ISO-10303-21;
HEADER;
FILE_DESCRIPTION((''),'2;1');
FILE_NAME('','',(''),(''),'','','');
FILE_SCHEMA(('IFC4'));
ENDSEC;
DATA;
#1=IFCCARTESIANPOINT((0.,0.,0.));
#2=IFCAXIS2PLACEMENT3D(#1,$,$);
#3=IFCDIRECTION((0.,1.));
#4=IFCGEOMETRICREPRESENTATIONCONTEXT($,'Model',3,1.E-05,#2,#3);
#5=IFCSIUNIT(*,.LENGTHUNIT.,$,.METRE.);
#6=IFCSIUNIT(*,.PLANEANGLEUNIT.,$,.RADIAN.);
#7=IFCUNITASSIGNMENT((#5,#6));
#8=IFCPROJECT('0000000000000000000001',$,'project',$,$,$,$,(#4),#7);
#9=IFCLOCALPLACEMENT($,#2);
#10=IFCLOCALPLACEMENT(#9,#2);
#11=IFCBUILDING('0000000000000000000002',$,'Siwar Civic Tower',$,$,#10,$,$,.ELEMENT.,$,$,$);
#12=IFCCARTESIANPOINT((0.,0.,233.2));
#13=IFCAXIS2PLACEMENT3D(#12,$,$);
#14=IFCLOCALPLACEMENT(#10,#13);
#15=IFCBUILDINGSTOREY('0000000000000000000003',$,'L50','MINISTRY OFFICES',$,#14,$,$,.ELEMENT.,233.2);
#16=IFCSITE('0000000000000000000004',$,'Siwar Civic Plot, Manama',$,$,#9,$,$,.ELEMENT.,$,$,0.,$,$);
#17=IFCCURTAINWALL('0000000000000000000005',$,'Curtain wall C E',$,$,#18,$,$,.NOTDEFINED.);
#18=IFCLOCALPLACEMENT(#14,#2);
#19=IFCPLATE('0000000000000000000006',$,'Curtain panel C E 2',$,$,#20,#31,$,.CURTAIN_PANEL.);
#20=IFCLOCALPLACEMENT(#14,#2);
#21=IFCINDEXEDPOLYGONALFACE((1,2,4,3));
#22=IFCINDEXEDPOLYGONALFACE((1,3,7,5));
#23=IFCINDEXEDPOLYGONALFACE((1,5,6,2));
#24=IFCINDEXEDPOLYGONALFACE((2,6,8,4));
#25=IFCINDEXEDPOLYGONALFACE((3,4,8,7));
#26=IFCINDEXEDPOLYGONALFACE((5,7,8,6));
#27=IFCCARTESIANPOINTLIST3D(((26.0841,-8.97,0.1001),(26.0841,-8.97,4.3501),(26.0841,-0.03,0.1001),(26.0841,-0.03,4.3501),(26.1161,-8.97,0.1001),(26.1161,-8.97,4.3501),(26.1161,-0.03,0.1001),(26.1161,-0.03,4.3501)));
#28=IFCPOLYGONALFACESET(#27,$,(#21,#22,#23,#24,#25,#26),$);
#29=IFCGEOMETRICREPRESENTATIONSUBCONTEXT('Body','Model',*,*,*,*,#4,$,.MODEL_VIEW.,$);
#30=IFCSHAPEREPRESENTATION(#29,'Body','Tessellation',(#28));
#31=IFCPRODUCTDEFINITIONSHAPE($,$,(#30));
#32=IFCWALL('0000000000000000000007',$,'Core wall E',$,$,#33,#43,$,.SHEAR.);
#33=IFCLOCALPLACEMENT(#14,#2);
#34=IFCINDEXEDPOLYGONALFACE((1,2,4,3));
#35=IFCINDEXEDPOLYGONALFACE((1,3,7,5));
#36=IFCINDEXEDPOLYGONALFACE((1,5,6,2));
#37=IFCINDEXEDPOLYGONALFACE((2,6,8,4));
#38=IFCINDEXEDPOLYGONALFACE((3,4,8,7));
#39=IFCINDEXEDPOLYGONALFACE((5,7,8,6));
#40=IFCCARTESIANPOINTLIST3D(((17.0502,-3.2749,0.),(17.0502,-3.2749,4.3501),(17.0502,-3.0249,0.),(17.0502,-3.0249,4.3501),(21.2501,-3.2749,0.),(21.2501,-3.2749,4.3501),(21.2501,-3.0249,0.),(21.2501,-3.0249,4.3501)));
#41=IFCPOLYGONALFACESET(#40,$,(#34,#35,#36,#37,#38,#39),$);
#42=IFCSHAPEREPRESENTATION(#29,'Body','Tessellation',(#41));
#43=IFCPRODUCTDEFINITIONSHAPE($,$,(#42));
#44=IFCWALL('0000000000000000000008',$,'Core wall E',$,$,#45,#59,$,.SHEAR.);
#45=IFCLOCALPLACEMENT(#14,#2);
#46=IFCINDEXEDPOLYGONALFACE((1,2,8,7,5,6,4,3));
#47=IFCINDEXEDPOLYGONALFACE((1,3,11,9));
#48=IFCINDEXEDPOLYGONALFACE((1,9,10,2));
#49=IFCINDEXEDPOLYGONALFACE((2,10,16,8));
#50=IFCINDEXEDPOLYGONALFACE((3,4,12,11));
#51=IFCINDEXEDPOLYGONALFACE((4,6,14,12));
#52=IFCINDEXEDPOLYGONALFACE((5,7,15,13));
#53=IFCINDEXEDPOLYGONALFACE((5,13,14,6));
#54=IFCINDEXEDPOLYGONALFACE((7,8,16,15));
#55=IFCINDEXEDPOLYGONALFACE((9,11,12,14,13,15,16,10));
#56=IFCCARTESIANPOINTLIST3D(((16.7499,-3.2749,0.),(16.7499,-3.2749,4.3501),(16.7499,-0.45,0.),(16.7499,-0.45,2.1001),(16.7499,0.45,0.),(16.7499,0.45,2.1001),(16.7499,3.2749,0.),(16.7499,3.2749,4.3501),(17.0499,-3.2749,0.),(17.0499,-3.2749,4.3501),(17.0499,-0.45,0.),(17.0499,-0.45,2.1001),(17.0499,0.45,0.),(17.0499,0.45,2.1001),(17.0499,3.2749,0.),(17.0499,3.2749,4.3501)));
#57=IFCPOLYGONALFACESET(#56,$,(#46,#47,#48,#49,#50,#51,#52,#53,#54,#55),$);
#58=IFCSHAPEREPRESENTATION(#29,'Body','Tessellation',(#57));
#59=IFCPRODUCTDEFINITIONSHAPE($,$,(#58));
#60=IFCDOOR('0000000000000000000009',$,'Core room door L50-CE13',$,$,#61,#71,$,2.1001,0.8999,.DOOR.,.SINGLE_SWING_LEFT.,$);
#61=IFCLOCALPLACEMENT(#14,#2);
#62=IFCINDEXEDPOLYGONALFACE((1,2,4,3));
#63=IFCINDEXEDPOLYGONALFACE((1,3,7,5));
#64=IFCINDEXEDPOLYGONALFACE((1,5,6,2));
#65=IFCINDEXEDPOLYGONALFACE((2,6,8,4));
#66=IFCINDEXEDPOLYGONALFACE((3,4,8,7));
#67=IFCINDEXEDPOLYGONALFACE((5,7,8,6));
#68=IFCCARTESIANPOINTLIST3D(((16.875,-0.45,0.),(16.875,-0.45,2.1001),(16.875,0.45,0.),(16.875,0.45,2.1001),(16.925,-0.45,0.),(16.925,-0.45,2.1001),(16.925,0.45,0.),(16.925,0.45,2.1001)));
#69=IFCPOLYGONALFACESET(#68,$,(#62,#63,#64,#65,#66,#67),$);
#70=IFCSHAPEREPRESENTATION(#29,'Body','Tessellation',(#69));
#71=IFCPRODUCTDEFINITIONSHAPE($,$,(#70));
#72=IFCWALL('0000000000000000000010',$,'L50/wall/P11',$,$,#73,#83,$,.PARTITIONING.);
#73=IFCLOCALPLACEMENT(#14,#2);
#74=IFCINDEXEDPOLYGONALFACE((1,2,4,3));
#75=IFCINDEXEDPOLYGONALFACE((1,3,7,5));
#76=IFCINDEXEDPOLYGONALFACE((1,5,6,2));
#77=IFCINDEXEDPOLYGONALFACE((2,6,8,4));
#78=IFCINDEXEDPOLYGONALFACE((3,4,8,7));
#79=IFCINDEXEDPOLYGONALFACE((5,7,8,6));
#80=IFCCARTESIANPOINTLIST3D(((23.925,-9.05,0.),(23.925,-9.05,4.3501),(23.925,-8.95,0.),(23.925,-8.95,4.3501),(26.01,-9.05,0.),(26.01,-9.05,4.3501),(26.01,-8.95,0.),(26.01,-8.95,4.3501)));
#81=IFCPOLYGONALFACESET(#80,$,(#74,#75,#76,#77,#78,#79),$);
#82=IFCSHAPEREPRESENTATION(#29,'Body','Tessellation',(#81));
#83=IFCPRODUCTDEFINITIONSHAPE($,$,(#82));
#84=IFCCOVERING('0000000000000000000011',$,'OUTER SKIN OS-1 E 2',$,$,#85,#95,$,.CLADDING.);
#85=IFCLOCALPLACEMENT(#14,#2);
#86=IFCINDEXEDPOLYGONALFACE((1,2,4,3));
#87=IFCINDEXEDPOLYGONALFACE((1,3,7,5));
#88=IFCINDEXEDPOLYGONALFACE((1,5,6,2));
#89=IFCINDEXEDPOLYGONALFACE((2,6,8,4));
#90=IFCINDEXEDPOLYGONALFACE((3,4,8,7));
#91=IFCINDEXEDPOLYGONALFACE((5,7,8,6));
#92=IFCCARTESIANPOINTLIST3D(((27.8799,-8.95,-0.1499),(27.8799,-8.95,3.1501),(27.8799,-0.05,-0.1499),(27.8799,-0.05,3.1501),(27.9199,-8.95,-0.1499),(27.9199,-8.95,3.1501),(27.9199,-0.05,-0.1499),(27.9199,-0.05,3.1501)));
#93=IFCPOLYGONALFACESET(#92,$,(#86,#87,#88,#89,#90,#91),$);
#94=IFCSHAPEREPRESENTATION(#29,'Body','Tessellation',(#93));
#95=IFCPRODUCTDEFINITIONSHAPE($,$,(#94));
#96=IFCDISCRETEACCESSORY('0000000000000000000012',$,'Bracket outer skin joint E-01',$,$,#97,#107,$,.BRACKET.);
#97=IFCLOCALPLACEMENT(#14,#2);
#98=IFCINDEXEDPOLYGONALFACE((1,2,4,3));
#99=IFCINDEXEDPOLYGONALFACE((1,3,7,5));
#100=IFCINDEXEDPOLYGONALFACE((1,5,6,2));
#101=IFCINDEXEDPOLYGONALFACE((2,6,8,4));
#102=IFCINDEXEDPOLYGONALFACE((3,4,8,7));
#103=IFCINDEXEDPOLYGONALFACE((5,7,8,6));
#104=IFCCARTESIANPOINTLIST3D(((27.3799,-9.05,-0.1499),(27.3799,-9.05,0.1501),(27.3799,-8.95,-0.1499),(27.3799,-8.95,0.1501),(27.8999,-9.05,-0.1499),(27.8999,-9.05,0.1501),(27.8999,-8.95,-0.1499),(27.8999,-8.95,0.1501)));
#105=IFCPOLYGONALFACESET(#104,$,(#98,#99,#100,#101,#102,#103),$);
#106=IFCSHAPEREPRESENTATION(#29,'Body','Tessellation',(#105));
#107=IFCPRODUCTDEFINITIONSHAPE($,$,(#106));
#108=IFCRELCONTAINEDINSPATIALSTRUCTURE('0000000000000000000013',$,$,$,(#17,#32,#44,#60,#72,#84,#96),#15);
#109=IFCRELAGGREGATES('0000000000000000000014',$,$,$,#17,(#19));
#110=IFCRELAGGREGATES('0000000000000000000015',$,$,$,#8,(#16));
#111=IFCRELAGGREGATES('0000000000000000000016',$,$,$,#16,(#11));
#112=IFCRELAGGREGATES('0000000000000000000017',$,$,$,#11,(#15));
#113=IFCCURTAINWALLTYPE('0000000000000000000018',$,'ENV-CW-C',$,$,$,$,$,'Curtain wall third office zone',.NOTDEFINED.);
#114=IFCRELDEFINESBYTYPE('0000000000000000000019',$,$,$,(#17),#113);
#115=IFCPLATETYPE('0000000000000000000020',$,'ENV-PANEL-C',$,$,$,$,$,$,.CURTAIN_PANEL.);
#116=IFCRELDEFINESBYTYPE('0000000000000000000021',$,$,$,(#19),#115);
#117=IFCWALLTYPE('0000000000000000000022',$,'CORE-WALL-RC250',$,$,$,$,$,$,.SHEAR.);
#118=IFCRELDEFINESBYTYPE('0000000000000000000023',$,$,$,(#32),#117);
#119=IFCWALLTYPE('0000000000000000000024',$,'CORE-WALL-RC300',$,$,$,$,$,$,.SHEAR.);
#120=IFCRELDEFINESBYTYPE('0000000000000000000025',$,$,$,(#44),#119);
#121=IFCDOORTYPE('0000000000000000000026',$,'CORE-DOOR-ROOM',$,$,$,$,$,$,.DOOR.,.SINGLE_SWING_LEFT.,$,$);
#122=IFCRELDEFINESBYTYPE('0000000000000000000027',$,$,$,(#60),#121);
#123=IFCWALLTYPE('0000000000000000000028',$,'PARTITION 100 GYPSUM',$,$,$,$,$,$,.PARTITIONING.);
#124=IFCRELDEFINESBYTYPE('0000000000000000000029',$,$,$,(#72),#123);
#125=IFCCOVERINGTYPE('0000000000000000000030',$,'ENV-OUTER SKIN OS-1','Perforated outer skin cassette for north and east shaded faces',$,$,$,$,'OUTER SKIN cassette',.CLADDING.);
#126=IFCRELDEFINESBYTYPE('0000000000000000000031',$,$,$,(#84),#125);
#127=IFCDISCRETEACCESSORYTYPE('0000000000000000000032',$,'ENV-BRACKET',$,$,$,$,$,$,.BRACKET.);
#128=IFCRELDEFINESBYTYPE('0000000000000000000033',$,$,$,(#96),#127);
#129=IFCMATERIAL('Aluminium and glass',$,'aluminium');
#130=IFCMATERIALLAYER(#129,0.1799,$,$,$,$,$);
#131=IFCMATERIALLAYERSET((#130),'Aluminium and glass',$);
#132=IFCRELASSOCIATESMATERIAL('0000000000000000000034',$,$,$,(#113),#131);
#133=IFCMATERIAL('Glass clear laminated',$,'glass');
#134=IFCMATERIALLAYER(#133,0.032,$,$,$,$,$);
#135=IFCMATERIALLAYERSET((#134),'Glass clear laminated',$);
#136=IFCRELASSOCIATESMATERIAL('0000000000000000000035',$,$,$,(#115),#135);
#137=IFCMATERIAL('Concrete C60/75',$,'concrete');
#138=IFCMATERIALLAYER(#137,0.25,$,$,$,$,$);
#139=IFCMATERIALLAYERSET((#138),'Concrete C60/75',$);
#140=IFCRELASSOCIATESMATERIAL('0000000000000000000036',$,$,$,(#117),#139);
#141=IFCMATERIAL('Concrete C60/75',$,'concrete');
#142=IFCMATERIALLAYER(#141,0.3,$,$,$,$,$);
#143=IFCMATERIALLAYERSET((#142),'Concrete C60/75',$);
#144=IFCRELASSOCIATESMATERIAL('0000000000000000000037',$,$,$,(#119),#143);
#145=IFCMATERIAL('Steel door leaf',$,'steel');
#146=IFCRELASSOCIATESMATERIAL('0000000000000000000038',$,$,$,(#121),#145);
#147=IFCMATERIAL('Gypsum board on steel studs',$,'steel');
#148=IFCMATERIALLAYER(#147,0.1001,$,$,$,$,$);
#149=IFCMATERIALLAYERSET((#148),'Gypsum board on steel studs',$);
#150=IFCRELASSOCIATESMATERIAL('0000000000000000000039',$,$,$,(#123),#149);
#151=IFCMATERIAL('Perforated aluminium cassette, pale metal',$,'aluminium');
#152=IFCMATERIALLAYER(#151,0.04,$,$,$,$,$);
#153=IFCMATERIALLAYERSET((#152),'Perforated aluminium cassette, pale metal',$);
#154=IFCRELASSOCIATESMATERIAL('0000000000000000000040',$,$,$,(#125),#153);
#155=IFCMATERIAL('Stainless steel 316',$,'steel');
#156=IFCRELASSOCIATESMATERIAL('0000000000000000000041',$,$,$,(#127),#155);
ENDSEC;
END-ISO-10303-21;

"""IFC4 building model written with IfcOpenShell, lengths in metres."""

from ifc_helpers import new_model, si_unit, direction, frame, frame_2d, origin, origin_2d, place, context, subcontext, project, spatial, rectangle, extrude, material, layer, layer_set, type_object, element, fill, aggregate, save


model = new_model("IFC4")

# Units and contexts
model_context = context("Model", 3, precision=1e-05, world=origin(), true_north=direction((0.0, 1.0)))
body_context = subcontext(model_context, "Body", "Model", "MODEL_VIEW")
ifc_project = project(units=[si_unit("LENGTHUNIT", "METRE"), si_unit("PLANEANGLEUNIT", "RADIAN")], contexts=[model_context])

# Site, building, storey
site_placement = place(None, origin())
site = spatial("IfcSite", under=ifc_project, at=site_placement, Name="Siwar Civic Plot, Manama", CompositionType="ELEMENT", RefElevation=0.0)
building_placement = place(site_placement, origin())
building = spatial("IfcBuilding", under=site, at=building_placement, Name="Siwar Civic Tower", CompositionType="ELEMENT")
storey_placement = place(building_placement, frame((0.0, 0.0, 233.2)))
storey = spatial("IfcBuildingStorey", under=building, at=storey_placement, Name="L50", Description="MINISTRY OFFICES", CompositionType="ELEMENT", Elevation=233.2)

# Curtain wall
ifc_material_1 = material(Name="Aluminium and glass", Category="aluminium")
ifc_layer_1 = layer(ifc_material_1, 0.1799)
ifc_layer_set_1 = layer_set([ifc_layer_1], Name="Aluminium and glass")
curtain_wall_type = type_object("IfcCurtainWallType", Name="ENV-CW-C", ElementType="Curtain wall third office zone", PredefinedType="NOTDEFINED", material=ifc_layer_set_1)
curtain_wall_placement = place(storey_placement, origin())
curtain_wall = element("IfcCurtainWall", 1, at=curtain_wall_placement, inside=storey, type_object=curtain_wall_type, Name="Curtain wall C E", PredefinedType="NOTDEFINED")

# Plate
ifc_material_2 = material(Name="Glass clear laminated", Category="glass")
ifc_layer_2 = layer(ifc_material_2, 0.032)
ifc_layer_set_2 = layer_set([ifc_layer_2], Name="Glass clear laminated")
plate_type = type_object("IfcPlateType", Name="ENV-PANEL-C", PredefinedType="CURTAIN_PANEL", material=ifc_layer_set_2)
plate_placement = place(storey_placement, frame((26.1001, -4.5, 0.1001), z_axis=(0.0, 0.0, 1.0), x_axis=(0.0, 1.0, 0.0)))
plate = element("IfcPlate", 2, at=plate_placement, type_object=plate_type, Name="Curtain panel C E 2", PredefinedType="CURTAIN_PANEL", context=body_context, shape_type="SweptSolid", body=[
    extrude(rectangle(XDim=8.9399, YDim=0.032, at=origin_2d()), origin(), (0.0, 0.0, 1.0), 4.25),
])
aggregate(curtain_wall, [plate])

# Wall
ifc_material_3 = material(Name="Concrete C60/75", Category="concrete")
ifc_layer_3 = layer(ifc_material_3, 0.25)
ifc_layer_set_3 = layer_set([ifc_layer_3], Name="Concrete C60/75")
wall_type_1 = type_object("IfcWallType", Name="CORE-WALL-RC250", PredefinedType="SHEAR", material=ifc_layer_set_3)
wall_1_placement = place(storey_placement, frame((17.05, -3.1499, 0.0), z_axis=(0.0, 0.0, 1.0), x_axis=(1.0, 0.0, 0.0)))
element("IfcWall", 3, at=wall_1_placement, inside=storey, type_object=wall_type_1, Name="Core wall E", PredefinedType="SHEAR", context=body_context, shape_type="SweptSolid", body=[
    extrude(rectangle(XDim=4.2, YDim=0.25, at=frame_2d((2.1001, 0.0))), origin(), (0.0, 0.0, 1.0), 4.3501),
])

# Wall, opening, door
ifc_material_4 = material(Name="Concrete C60/75", Category="concrete")
ifc_layer_4 = layer(ifc_material_4, 0.3)
ifc_layer_set_4 = layer_set([ifc_layer_4], Name="Concrete C60/75")
wall_type_2 = type_object("IfcWallType", Name="CORE-WALL-RC300", PredefinedType="SHEAR", material=ifc_layer_set_4)
wall_2_placement = place(storey_placement, frame((16.8999, -3.2749, 0.0), z_axis=(0.0, 0.0, 1.0), x_axis=(0.0, 1.0, 0.0)))
wall_2 = element("IfcWall", 4, at=wall_2_placement, inside=storey, type_object=wall_type_2, Name="Core wall E", PredefinedType="SHEAR", context=body_context, shape_type="SweptSolid", body=[
    extrude(rectangle(XDim=6.5498, YDim=0.3, at=frame_2d((3.2749, 0.0))), origin(), (0.0, 0.0, 1.0), 4.3501),
])
opening_placement = place(wall_2_placement, frame((2.825, 0.0, 0.0)))
opening = element("IfcOpeningElement", 5, at=opening_placement, cuts=wall_2, PredefinedType="OPENING", context=body_context, shape_type="SweptSolid", body=[
    extrude(rectangle(XDim=0.8999, YDim=2.1001, at=frame_2d((0.45, 1.05))), frame((0.0, 0.1602, 0.0), z_axis=(0.0, -1.0, 0.0), x_axis=(1.0, 0.0, 0.0)), (0.0, 0.0, 1.0), 0.3201),
])
ifc_material_5 = material(Name="Steel door leaf", Category="steel")
door_type = type_object("IfcDoorType", Name="CORE-DOOR-ROOM", OperationType="SINGLE_SWING_LEFT", PredefinedType="DOOR", material=ifc_material_5)
door_placement = place(opening_placement, origin())
door = element("IfcDoor", 6, at=door_placement, inside=storey, type_object=door_type, Name="Core room door L50-CE13", OperationType="SINGLE_SWING_LEFT", OverallHeight=2.1001, OverallWidth=0.8999, PredefinedType="DOOR", context=body_context, shape_type="SweptSolid", body=[
    extrude(rectangle(XDim=0.8999, YDim=2.1001, at=frame_2d((0.45, 1.05))), frame((0.0, 0.0249, 0.0), z_axis=(0.0, -1.0, 0.0), x_axis=(1.0, 0.0, 0.0)), (0.0, 0.0, 1.0), 0.05),
])
fill(opening, door)

# Wall
ifc_material_6 = material(Name="Gypsum board on steel studs", Category="steel")
ifc_layer_5 = layer(ifc_material_6, 0.1001)
ifc_layer_set_5 = layer_set([ifc_layer_5], Name="Gypsum board on steel studs")
wall_type_3 = type_object("IfcWallType", Name="PARTITION 100 GYPSUM", PredefinedType="PARTITIONING", material=ifc_layer_set_5)
wall_3_placement = place(storey_placement, frame((23.925, -9.0, 0.0), z_axis=(0.0, 0.0, 1.0), x_axis=(1.0, 0.0, 0.0)))
element("IfcWall", 7, at=wall_3_placement, inside=storey, type_object=wall_type_3, Name="L50/wall/P11", PredefinedType="PARTITIONING", context=body_context, shape_type="SweptSolid", body=[
    extrude(rectangle(XDim=2.085, YDim=0.1001, at=frame_2d((1.0425, 0.0))), origin(), (0.0, 0.0, 1.0), 4.3501),
])

# Covering
ifc_material_7 = material(Name="Perforated aluminium cassette, pale metal", Category="aluminium")
ifc_layer_6 = layer(ifc_material_7, 0.04)
ifc_layer_set_6 = layer_set([ifc_layer_6], Name="Perforated aluminium cassette, pale metal")
covering_type = type_object("IfcCoveringType", Name="ENV-OUTER SKIN OS-1", Description="Perforated outer skin cassette for north and east shaded faces", ElementType="OUTER SKIN cassette", PredefinedType="CLADDING", material=ifc_layer_set_6)
covering_placement = place(storey_placement, frame((27.8999, -4.5, -0.1499), z_axis=(0.0, 0.0, 1.0), x_axis=(0.0, 1.0, 0.0)))
element("IfcCovering", 8, at=covering_placement, inside=storey, type_object=covering_type, Name="OUTER SKIN OS-1 E 2", PredefinedType="CLADDING", context=body_context, shape_type="SweptSolid", body=[
    extrude(rectangle(XDim=8.8999, YDim=0.04, at=origin_2d()), origin(), (0.0, 0.0, 1.0), 3.3),
])

# Discrete accessory
ifc_material_8 = material(Name="Stainless steel 316", Category="steel")
discrete_accessory_type = type_object("IfcDiscreteAccessoryType", Name="ENV-BRACKET", PredefinedType="BRACKET", material=ifc_material_8)
discrete_accessory_placement = place(storey_placement, frame((27.6399, -9.0, -0.1499), z_axis=(0.0, 0.0, 1.0), x_axis=(1.0, 0.0, 0.0)))
element("IfcDiscreteAccessory", 9, at=discrete_accessory_placement, inside=storey, type_object=discrete_accessory_type, Name="Bracket outer skin joint E-01", PredefinedType="BRACKET", context=body_context, shape_type="SweptSolid", body=[
    extrude(rectangle(XDim=0.52, YDim=0.1001, at=origin_2d()), origin(), (0.0, 0.0, 1.0), 0.3),
])

save(model, "model.ifc")
